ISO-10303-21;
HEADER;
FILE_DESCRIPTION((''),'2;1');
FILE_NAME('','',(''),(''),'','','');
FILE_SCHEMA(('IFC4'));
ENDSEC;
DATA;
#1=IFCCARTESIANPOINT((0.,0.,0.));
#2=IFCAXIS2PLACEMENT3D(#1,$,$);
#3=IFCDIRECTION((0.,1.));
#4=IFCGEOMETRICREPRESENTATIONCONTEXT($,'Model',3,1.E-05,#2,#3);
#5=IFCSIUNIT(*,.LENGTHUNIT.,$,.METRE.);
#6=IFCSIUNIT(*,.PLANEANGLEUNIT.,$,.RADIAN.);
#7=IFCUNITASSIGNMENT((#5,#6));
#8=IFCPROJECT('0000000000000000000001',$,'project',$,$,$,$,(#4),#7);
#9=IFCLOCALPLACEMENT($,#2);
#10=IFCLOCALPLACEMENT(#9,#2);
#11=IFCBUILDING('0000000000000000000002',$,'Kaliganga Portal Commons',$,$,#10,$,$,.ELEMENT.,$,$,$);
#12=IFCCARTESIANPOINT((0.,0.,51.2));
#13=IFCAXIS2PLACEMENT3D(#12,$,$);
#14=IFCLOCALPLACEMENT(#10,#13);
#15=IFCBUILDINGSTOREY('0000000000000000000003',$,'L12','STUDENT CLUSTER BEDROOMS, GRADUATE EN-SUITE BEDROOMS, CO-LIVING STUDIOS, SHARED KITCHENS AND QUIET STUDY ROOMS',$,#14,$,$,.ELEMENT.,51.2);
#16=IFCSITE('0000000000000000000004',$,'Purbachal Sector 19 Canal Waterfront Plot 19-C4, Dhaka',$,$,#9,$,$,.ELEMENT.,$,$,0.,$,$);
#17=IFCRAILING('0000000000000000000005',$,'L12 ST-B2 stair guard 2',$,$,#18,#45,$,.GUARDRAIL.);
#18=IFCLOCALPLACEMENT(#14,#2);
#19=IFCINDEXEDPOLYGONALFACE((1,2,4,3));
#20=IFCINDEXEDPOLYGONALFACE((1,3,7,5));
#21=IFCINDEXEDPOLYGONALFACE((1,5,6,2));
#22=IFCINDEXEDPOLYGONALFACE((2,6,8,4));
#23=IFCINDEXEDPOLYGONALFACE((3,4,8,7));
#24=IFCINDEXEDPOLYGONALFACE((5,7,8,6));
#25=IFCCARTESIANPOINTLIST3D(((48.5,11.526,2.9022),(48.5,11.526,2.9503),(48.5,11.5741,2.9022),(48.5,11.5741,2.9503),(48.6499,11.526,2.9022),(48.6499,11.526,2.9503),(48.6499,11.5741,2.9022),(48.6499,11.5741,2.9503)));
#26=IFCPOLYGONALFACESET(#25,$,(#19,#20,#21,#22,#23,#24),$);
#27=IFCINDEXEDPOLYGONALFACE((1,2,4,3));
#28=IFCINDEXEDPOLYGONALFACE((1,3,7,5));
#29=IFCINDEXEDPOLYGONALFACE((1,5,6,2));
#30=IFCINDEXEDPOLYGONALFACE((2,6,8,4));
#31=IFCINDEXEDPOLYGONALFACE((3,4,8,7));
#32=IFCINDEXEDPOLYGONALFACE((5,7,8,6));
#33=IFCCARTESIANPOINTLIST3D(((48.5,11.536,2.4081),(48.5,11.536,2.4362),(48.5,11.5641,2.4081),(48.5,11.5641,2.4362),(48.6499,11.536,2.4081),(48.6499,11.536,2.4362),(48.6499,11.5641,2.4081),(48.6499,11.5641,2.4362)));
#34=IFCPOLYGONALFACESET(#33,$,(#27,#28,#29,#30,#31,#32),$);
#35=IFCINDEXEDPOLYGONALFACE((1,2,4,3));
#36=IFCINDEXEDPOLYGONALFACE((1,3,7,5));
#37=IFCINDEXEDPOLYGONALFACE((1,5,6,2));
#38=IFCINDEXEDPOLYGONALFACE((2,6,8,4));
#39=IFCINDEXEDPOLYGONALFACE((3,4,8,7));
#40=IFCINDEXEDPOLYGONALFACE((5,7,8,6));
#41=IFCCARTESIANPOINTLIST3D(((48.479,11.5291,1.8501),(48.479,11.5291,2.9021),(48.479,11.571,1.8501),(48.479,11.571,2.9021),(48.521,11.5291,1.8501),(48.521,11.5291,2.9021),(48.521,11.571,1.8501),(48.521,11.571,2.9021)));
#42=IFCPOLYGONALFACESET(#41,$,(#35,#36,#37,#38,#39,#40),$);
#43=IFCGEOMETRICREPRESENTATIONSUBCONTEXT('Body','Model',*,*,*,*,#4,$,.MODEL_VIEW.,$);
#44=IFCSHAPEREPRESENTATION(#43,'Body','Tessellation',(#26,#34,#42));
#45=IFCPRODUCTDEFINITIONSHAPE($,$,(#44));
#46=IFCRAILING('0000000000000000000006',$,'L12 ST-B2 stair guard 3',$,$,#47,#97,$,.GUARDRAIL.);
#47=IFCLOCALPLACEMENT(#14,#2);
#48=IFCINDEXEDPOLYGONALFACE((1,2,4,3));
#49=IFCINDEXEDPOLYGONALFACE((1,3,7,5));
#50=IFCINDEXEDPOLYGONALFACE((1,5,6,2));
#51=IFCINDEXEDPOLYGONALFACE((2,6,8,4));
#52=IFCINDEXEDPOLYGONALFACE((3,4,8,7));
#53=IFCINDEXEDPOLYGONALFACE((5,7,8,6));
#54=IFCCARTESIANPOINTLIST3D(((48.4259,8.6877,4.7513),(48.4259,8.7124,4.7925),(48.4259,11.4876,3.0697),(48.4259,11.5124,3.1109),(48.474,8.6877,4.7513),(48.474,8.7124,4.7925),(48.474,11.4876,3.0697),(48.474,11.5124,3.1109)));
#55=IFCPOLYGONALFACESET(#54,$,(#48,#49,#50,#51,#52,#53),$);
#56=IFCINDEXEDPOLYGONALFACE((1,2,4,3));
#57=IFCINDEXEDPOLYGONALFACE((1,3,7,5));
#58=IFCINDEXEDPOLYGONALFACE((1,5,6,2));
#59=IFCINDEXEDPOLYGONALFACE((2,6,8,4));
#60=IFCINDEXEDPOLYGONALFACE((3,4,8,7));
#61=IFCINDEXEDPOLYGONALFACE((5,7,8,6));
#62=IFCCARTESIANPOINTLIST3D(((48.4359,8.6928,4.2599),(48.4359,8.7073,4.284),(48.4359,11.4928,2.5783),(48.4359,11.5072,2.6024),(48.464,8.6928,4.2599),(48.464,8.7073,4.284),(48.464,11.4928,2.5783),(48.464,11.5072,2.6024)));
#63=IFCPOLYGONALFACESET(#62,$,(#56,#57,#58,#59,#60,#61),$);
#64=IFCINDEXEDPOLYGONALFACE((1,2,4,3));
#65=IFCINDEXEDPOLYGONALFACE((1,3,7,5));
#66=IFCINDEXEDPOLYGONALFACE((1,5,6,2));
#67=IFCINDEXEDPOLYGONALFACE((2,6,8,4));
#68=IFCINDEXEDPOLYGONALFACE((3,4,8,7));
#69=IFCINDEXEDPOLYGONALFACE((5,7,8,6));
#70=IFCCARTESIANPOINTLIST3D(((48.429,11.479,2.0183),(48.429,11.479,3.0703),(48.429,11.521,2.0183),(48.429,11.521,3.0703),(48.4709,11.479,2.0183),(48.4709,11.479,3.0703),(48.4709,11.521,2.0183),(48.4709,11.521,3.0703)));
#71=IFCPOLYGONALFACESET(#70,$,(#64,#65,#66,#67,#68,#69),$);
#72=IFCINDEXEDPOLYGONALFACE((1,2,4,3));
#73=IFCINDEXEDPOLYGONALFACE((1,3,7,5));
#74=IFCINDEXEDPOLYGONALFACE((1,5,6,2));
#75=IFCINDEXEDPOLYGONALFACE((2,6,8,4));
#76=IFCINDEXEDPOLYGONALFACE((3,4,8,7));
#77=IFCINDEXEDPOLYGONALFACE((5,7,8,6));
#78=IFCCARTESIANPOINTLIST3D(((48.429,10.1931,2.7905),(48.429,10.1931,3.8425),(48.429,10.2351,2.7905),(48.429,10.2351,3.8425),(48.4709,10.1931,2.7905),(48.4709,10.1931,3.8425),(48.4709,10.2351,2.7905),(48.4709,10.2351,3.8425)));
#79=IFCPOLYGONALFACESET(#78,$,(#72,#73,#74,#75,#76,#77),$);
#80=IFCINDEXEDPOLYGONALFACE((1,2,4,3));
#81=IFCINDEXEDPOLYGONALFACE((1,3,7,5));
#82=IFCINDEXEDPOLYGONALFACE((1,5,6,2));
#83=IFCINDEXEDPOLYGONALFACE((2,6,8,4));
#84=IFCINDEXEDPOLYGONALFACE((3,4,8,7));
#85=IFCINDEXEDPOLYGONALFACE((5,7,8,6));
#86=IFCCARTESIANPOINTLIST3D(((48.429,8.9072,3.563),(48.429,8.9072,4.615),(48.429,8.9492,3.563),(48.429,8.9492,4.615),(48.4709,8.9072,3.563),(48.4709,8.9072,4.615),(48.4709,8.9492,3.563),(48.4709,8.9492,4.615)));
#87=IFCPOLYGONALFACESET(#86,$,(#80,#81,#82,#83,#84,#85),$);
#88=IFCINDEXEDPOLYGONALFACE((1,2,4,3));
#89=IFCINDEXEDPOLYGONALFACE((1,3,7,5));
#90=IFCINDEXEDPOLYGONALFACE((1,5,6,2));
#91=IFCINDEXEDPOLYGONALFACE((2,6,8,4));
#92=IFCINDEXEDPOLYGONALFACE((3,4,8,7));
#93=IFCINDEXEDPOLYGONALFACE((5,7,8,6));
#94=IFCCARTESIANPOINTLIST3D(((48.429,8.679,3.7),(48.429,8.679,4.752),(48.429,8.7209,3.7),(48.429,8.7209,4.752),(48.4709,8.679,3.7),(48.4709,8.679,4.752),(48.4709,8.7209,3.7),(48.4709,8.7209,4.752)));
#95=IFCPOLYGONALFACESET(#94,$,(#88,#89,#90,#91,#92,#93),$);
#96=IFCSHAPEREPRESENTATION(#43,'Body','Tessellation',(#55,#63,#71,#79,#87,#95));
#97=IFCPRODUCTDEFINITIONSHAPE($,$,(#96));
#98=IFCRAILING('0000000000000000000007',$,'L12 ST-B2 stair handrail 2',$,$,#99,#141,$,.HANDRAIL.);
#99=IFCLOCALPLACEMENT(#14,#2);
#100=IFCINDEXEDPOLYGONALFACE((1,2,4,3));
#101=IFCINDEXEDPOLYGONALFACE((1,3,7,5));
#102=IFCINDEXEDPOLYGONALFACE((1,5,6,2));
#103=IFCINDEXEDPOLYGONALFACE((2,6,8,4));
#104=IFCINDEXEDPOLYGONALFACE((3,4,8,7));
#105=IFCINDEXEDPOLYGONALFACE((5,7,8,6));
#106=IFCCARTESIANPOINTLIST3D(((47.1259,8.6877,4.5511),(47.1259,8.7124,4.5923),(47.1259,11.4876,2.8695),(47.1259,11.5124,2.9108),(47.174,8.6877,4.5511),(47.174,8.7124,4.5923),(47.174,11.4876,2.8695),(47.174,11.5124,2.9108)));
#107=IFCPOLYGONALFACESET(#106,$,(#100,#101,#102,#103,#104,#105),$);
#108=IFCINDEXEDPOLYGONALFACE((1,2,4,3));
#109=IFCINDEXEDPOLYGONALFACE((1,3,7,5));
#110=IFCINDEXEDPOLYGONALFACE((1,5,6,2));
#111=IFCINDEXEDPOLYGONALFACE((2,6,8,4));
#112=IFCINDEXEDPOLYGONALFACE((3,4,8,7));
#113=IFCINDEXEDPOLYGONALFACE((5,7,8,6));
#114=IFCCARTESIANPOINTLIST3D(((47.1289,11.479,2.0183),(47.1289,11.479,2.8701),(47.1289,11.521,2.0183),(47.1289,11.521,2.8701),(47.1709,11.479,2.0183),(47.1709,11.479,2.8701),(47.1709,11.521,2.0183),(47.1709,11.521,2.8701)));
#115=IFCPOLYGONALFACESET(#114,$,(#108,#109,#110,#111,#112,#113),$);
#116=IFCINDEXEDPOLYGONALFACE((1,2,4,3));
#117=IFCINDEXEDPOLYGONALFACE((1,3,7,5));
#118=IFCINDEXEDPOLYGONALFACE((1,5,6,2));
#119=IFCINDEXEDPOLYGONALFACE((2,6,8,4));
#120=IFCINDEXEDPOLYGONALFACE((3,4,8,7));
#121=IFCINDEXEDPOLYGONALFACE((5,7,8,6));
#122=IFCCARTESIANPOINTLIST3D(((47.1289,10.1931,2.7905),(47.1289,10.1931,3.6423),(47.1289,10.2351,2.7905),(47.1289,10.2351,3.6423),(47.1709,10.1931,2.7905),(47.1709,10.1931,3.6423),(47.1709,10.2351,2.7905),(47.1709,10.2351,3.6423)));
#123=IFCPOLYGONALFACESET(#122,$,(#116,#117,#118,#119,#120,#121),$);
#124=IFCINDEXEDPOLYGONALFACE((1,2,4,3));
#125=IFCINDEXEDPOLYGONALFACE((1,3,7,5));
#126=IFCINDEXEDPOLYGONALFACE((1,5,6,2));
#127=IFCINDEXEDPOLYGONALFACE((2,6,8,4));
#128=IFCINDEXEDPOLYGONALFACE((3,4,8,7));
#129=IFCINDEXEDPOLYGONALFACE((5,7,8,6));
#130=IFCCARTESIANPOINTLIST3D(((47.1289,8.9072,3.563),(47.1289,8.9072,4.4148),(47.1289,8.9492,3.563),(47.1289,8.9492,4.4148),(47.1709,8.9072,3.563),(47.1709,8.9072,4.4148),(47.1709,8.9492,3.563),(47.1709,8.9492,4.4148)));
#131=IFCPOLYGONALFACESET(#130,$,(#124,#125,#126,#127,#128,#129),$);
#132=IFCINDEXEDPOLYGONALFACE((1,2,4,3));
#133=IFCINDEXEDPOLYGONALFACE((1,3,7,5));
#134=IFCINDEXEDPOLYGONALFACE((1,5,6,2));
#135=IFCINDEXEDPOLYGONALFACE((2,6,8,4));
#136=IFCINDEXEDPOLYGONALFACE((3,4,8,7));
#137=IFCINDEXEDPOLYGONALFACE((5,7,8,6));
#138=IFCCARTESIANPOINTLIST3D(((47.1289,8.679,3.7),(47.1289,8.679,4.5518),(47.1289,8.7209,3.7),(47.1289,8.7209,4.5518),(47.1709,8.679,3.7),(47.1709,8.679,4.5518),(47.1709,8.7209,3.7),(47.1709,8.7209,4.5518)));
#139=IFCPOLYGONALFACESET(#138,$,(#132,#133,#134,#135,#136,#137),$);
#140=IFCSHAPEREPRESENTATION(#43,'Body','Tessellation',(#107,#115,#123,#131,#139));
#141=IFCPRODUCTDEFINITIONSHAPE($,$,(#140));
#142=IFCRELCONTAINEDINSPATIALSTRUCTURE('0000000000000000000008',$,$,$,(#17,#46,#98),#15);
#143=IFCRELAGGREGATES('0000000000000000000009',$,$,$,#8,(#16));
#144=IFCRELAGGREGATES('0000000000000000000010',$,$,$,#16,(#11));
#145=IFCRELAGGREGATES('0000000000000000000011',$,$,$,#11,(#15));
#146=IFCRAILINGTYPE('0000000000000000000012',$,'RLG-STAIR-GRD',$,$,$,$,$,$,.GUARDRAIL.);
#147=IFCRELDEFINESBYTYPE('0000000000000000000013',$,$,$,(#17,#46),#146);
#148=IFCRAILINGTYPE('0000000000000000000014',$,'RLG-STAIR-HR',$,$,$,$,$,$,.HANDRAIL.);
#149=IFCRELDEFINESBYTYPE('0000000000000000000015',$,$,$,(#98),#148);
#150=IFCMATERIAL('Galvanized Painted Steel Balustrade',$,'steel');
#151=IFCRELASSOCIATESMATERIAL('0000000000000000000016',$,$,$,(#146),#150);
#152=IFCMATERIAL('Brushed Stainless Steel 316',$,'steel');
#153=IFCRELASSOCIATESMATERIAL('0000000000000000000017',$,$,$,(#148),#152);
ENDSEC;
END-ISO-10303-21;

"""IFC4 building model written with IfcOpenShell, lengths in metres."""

from ifc_helpers import new_model, si_unit, direction, frame, origin, origin_2d, place, context, subcontext, project, spatial, rectangle, extrude, material, type_object, element, save


model = new_model("IFC4")

# Units and contexts
model_context = context("Model", 3, precision=1e-05, world=origin(), true_north=direction((0.0, 1.0)))
body_context = subcontext(model_context, "Body", "Model", "MODEL_VIEW")
ifc_project = project(units=[si_unit("LENGTHUNIT", "METRE"), si_unit("PLANEANGLEUNIT", "RADIAN")], contexts=[model_context])

# Site, building, storey
site_placement = place(None, origin())
site = spatial("IfcSite", under=ifc_project, at=site_placement, Name="Purbachal Sector 19 Canal Waterfront Plot 19-C4, Dhaka", CompositionType="ELEMENT", RefElevation=0.0)
building_placement = place(site_placement, origin())
building = spatial("IfcBuilding", under=site, at=building_placement, Name="Kaliganga Portal Commons", CompositionType="ELEMENT")
storey_placement = place(building_placement, frame((0.0, 0.0, 51.2)))
storey = spatial("IfcBuildingStorey", under=building, at=storey_placement, Name="L12", Description="STUDENT CLUSTER BEDROOMS, GRADUATE EN-SUITE BEDROOMS, CO-LIVING STUDIOS, SHARED KITCHENS AND QUIET STUDY ROOMS", CompositionType="ELEMENT", Elevation=51.2)

# Railings
ifc_material_1 = material(Name="Galvanized Painted Steel Balustrade", Category="steel")
railing_type_1 = type_object("IfcRailingType", Name="RLG-STAIR-GRD", PredefinedType="GUARDRAIL", material=ifc_material_1)
railing_1_placement = place(storey_placement, frame((48.6499, 11.55, 1.8501)))
element("IfcRailing", 1, at=railing_1_placement, inside=storey, type_object=railing_type_1, Name="L12 ST-B2 stair guard 2", PredefinedType="GUARDRAIL", context=body_context, shape_type="SweptSolid", body=[
    extrude(rectangle(XDim=0.0481, YDim=0.0481, at=origin_2d()), frame((0.0, 0.0, 1.0762), z_axis=(-1.0, 0.0, 0.0), x_axis=(0.0, -1.0, 0.0)), (0.0, 0.0, 1.0), 0.1499),
    extrude(rectangle(XDim=0.0281, YDim=0.0281, at=origin_2d()), frame((0.0, 0.0, 0.572), z_axis=(-1.0, 0.0, 0.0), x_axis=(0.0, -1.0, 0.0)), (0.0, 0.0, 1.0), 0.1499),
    extrude(rectangle(XDim=0.042, YDim=0.042, at=origin_2d()), frame((-0.1499, 0.0, 0.0)), (0.0, 0.0, 1.0), 1.052),
])
railing_2_placement = place(storey_placement, frame((48.45, 11.5, 2.0183)))
element("IfcRailing", 2, at=railing_2_placement, inside=storey, type_object=railing_type_1, Name="L12 ST-B2 stair guard 3", PredefinedType="GUARDRAIL", context=body_context, shape_type="SweptSolid", body=[
    extrude(rectangle(XDim=0.0481, YDim=0.0481, at=origin_2d()), frame((0.0, 0.0, 1.072), z_axis=(0.0, -0.857275, 0.514858), x_axis=(1.0, 0.0, 0.0)), (0.0, 0.0, 1.0), 3.2661),
    extrude(rectangle(XDim=0.0281, YDim=0.0281, at=origin_2d()), frame((0.0, 0.0, 0.572), z_axis=(0.0, -0.857275, 0.514858), x_axis=(1.0, 0.0, 0.0)), (0.0, 0.0, 1.0), 3.2661),
    extrude(rectangle(XDim=0.042, YDim=0.042, at=origin_2d()), origin(), (0.0, 0.0, 1.0), 1.052),
    extrude(rectangle(XDim=0.042, YDim=0.042, at=origin_2d()), frame((0.0, -1.2859, 0.7722)), (0.0, 0.0, 1.0), 1.052),
    extrude(rectangle(XDim=0.042, YDim=0.042, at=origin_2d()), frame((0.0, -2.5718, 1.5447)), (0.0, 0.0, 1.0), 1.052),
    extrude(rectangle(XDim=0.042, YDim=0.042, at=origin_2d()), frame((0.0, -2.8, 1.6816)), (0.0, 0.0, 1.0), 1.052),
])
ifc_material_2 = material(Name="Brushed Stainless Steel 316", Category="steel")
railing_type_2 = type_object("IfcRailingType", Name="RLG-STAIR-HR", PredefinedType="HANDRAIL", material=ifc_material_2)
railing_3_placement = place(storey_placement, frame((47.1499, 11.5, 2.0183)))
element("IfcRailing", 3, at=railing_3_placement, inside=storey, type_object=railing_type_2, Name="L12 ST-B2 stair handrail 2", PredefinedType="HANDRAIL", context=body_context, shape_type="SweptSolid", body=[
    extrude(rectangle(XDim=0.0481, YDim=0.0481, at=origin_2d()), frame((0.0, 0.0, 0.8718), z_axis=(0.0, -0.857275, 0.514858), x_axis=(1.0, 0.0, 0.0)), (0.0, 0.0, 1.0), 3.2661),
    extrude(rectangle(XDim=0.042, YDim=0.042, at=origin_2d()), origin(), (0.0, 0.0, 1.0), 0.8518),
    extrude(rectangle(XDim=0.042, YDim=0.042, at=origin_2d()), frame((0.0, -1.2859, 0.7722)), (0.0, 0.0, 1.0), 0.8518),
    extrude(rectangle(XDim=0.042, YDim=0.042, at=origin_2d()), frame((0.0, -2.5718, 1.5447)), (0.0, 0.0, 1.0), 0.8518),
    extrude(rectangle(XDim=0.042, YDim=0.042, at=origin_2d()), frame((0.0, -2.8, 1.6816)), (0.0, 0.0, 1.0), 0.8518),
])

save(model, "model.ifc")
